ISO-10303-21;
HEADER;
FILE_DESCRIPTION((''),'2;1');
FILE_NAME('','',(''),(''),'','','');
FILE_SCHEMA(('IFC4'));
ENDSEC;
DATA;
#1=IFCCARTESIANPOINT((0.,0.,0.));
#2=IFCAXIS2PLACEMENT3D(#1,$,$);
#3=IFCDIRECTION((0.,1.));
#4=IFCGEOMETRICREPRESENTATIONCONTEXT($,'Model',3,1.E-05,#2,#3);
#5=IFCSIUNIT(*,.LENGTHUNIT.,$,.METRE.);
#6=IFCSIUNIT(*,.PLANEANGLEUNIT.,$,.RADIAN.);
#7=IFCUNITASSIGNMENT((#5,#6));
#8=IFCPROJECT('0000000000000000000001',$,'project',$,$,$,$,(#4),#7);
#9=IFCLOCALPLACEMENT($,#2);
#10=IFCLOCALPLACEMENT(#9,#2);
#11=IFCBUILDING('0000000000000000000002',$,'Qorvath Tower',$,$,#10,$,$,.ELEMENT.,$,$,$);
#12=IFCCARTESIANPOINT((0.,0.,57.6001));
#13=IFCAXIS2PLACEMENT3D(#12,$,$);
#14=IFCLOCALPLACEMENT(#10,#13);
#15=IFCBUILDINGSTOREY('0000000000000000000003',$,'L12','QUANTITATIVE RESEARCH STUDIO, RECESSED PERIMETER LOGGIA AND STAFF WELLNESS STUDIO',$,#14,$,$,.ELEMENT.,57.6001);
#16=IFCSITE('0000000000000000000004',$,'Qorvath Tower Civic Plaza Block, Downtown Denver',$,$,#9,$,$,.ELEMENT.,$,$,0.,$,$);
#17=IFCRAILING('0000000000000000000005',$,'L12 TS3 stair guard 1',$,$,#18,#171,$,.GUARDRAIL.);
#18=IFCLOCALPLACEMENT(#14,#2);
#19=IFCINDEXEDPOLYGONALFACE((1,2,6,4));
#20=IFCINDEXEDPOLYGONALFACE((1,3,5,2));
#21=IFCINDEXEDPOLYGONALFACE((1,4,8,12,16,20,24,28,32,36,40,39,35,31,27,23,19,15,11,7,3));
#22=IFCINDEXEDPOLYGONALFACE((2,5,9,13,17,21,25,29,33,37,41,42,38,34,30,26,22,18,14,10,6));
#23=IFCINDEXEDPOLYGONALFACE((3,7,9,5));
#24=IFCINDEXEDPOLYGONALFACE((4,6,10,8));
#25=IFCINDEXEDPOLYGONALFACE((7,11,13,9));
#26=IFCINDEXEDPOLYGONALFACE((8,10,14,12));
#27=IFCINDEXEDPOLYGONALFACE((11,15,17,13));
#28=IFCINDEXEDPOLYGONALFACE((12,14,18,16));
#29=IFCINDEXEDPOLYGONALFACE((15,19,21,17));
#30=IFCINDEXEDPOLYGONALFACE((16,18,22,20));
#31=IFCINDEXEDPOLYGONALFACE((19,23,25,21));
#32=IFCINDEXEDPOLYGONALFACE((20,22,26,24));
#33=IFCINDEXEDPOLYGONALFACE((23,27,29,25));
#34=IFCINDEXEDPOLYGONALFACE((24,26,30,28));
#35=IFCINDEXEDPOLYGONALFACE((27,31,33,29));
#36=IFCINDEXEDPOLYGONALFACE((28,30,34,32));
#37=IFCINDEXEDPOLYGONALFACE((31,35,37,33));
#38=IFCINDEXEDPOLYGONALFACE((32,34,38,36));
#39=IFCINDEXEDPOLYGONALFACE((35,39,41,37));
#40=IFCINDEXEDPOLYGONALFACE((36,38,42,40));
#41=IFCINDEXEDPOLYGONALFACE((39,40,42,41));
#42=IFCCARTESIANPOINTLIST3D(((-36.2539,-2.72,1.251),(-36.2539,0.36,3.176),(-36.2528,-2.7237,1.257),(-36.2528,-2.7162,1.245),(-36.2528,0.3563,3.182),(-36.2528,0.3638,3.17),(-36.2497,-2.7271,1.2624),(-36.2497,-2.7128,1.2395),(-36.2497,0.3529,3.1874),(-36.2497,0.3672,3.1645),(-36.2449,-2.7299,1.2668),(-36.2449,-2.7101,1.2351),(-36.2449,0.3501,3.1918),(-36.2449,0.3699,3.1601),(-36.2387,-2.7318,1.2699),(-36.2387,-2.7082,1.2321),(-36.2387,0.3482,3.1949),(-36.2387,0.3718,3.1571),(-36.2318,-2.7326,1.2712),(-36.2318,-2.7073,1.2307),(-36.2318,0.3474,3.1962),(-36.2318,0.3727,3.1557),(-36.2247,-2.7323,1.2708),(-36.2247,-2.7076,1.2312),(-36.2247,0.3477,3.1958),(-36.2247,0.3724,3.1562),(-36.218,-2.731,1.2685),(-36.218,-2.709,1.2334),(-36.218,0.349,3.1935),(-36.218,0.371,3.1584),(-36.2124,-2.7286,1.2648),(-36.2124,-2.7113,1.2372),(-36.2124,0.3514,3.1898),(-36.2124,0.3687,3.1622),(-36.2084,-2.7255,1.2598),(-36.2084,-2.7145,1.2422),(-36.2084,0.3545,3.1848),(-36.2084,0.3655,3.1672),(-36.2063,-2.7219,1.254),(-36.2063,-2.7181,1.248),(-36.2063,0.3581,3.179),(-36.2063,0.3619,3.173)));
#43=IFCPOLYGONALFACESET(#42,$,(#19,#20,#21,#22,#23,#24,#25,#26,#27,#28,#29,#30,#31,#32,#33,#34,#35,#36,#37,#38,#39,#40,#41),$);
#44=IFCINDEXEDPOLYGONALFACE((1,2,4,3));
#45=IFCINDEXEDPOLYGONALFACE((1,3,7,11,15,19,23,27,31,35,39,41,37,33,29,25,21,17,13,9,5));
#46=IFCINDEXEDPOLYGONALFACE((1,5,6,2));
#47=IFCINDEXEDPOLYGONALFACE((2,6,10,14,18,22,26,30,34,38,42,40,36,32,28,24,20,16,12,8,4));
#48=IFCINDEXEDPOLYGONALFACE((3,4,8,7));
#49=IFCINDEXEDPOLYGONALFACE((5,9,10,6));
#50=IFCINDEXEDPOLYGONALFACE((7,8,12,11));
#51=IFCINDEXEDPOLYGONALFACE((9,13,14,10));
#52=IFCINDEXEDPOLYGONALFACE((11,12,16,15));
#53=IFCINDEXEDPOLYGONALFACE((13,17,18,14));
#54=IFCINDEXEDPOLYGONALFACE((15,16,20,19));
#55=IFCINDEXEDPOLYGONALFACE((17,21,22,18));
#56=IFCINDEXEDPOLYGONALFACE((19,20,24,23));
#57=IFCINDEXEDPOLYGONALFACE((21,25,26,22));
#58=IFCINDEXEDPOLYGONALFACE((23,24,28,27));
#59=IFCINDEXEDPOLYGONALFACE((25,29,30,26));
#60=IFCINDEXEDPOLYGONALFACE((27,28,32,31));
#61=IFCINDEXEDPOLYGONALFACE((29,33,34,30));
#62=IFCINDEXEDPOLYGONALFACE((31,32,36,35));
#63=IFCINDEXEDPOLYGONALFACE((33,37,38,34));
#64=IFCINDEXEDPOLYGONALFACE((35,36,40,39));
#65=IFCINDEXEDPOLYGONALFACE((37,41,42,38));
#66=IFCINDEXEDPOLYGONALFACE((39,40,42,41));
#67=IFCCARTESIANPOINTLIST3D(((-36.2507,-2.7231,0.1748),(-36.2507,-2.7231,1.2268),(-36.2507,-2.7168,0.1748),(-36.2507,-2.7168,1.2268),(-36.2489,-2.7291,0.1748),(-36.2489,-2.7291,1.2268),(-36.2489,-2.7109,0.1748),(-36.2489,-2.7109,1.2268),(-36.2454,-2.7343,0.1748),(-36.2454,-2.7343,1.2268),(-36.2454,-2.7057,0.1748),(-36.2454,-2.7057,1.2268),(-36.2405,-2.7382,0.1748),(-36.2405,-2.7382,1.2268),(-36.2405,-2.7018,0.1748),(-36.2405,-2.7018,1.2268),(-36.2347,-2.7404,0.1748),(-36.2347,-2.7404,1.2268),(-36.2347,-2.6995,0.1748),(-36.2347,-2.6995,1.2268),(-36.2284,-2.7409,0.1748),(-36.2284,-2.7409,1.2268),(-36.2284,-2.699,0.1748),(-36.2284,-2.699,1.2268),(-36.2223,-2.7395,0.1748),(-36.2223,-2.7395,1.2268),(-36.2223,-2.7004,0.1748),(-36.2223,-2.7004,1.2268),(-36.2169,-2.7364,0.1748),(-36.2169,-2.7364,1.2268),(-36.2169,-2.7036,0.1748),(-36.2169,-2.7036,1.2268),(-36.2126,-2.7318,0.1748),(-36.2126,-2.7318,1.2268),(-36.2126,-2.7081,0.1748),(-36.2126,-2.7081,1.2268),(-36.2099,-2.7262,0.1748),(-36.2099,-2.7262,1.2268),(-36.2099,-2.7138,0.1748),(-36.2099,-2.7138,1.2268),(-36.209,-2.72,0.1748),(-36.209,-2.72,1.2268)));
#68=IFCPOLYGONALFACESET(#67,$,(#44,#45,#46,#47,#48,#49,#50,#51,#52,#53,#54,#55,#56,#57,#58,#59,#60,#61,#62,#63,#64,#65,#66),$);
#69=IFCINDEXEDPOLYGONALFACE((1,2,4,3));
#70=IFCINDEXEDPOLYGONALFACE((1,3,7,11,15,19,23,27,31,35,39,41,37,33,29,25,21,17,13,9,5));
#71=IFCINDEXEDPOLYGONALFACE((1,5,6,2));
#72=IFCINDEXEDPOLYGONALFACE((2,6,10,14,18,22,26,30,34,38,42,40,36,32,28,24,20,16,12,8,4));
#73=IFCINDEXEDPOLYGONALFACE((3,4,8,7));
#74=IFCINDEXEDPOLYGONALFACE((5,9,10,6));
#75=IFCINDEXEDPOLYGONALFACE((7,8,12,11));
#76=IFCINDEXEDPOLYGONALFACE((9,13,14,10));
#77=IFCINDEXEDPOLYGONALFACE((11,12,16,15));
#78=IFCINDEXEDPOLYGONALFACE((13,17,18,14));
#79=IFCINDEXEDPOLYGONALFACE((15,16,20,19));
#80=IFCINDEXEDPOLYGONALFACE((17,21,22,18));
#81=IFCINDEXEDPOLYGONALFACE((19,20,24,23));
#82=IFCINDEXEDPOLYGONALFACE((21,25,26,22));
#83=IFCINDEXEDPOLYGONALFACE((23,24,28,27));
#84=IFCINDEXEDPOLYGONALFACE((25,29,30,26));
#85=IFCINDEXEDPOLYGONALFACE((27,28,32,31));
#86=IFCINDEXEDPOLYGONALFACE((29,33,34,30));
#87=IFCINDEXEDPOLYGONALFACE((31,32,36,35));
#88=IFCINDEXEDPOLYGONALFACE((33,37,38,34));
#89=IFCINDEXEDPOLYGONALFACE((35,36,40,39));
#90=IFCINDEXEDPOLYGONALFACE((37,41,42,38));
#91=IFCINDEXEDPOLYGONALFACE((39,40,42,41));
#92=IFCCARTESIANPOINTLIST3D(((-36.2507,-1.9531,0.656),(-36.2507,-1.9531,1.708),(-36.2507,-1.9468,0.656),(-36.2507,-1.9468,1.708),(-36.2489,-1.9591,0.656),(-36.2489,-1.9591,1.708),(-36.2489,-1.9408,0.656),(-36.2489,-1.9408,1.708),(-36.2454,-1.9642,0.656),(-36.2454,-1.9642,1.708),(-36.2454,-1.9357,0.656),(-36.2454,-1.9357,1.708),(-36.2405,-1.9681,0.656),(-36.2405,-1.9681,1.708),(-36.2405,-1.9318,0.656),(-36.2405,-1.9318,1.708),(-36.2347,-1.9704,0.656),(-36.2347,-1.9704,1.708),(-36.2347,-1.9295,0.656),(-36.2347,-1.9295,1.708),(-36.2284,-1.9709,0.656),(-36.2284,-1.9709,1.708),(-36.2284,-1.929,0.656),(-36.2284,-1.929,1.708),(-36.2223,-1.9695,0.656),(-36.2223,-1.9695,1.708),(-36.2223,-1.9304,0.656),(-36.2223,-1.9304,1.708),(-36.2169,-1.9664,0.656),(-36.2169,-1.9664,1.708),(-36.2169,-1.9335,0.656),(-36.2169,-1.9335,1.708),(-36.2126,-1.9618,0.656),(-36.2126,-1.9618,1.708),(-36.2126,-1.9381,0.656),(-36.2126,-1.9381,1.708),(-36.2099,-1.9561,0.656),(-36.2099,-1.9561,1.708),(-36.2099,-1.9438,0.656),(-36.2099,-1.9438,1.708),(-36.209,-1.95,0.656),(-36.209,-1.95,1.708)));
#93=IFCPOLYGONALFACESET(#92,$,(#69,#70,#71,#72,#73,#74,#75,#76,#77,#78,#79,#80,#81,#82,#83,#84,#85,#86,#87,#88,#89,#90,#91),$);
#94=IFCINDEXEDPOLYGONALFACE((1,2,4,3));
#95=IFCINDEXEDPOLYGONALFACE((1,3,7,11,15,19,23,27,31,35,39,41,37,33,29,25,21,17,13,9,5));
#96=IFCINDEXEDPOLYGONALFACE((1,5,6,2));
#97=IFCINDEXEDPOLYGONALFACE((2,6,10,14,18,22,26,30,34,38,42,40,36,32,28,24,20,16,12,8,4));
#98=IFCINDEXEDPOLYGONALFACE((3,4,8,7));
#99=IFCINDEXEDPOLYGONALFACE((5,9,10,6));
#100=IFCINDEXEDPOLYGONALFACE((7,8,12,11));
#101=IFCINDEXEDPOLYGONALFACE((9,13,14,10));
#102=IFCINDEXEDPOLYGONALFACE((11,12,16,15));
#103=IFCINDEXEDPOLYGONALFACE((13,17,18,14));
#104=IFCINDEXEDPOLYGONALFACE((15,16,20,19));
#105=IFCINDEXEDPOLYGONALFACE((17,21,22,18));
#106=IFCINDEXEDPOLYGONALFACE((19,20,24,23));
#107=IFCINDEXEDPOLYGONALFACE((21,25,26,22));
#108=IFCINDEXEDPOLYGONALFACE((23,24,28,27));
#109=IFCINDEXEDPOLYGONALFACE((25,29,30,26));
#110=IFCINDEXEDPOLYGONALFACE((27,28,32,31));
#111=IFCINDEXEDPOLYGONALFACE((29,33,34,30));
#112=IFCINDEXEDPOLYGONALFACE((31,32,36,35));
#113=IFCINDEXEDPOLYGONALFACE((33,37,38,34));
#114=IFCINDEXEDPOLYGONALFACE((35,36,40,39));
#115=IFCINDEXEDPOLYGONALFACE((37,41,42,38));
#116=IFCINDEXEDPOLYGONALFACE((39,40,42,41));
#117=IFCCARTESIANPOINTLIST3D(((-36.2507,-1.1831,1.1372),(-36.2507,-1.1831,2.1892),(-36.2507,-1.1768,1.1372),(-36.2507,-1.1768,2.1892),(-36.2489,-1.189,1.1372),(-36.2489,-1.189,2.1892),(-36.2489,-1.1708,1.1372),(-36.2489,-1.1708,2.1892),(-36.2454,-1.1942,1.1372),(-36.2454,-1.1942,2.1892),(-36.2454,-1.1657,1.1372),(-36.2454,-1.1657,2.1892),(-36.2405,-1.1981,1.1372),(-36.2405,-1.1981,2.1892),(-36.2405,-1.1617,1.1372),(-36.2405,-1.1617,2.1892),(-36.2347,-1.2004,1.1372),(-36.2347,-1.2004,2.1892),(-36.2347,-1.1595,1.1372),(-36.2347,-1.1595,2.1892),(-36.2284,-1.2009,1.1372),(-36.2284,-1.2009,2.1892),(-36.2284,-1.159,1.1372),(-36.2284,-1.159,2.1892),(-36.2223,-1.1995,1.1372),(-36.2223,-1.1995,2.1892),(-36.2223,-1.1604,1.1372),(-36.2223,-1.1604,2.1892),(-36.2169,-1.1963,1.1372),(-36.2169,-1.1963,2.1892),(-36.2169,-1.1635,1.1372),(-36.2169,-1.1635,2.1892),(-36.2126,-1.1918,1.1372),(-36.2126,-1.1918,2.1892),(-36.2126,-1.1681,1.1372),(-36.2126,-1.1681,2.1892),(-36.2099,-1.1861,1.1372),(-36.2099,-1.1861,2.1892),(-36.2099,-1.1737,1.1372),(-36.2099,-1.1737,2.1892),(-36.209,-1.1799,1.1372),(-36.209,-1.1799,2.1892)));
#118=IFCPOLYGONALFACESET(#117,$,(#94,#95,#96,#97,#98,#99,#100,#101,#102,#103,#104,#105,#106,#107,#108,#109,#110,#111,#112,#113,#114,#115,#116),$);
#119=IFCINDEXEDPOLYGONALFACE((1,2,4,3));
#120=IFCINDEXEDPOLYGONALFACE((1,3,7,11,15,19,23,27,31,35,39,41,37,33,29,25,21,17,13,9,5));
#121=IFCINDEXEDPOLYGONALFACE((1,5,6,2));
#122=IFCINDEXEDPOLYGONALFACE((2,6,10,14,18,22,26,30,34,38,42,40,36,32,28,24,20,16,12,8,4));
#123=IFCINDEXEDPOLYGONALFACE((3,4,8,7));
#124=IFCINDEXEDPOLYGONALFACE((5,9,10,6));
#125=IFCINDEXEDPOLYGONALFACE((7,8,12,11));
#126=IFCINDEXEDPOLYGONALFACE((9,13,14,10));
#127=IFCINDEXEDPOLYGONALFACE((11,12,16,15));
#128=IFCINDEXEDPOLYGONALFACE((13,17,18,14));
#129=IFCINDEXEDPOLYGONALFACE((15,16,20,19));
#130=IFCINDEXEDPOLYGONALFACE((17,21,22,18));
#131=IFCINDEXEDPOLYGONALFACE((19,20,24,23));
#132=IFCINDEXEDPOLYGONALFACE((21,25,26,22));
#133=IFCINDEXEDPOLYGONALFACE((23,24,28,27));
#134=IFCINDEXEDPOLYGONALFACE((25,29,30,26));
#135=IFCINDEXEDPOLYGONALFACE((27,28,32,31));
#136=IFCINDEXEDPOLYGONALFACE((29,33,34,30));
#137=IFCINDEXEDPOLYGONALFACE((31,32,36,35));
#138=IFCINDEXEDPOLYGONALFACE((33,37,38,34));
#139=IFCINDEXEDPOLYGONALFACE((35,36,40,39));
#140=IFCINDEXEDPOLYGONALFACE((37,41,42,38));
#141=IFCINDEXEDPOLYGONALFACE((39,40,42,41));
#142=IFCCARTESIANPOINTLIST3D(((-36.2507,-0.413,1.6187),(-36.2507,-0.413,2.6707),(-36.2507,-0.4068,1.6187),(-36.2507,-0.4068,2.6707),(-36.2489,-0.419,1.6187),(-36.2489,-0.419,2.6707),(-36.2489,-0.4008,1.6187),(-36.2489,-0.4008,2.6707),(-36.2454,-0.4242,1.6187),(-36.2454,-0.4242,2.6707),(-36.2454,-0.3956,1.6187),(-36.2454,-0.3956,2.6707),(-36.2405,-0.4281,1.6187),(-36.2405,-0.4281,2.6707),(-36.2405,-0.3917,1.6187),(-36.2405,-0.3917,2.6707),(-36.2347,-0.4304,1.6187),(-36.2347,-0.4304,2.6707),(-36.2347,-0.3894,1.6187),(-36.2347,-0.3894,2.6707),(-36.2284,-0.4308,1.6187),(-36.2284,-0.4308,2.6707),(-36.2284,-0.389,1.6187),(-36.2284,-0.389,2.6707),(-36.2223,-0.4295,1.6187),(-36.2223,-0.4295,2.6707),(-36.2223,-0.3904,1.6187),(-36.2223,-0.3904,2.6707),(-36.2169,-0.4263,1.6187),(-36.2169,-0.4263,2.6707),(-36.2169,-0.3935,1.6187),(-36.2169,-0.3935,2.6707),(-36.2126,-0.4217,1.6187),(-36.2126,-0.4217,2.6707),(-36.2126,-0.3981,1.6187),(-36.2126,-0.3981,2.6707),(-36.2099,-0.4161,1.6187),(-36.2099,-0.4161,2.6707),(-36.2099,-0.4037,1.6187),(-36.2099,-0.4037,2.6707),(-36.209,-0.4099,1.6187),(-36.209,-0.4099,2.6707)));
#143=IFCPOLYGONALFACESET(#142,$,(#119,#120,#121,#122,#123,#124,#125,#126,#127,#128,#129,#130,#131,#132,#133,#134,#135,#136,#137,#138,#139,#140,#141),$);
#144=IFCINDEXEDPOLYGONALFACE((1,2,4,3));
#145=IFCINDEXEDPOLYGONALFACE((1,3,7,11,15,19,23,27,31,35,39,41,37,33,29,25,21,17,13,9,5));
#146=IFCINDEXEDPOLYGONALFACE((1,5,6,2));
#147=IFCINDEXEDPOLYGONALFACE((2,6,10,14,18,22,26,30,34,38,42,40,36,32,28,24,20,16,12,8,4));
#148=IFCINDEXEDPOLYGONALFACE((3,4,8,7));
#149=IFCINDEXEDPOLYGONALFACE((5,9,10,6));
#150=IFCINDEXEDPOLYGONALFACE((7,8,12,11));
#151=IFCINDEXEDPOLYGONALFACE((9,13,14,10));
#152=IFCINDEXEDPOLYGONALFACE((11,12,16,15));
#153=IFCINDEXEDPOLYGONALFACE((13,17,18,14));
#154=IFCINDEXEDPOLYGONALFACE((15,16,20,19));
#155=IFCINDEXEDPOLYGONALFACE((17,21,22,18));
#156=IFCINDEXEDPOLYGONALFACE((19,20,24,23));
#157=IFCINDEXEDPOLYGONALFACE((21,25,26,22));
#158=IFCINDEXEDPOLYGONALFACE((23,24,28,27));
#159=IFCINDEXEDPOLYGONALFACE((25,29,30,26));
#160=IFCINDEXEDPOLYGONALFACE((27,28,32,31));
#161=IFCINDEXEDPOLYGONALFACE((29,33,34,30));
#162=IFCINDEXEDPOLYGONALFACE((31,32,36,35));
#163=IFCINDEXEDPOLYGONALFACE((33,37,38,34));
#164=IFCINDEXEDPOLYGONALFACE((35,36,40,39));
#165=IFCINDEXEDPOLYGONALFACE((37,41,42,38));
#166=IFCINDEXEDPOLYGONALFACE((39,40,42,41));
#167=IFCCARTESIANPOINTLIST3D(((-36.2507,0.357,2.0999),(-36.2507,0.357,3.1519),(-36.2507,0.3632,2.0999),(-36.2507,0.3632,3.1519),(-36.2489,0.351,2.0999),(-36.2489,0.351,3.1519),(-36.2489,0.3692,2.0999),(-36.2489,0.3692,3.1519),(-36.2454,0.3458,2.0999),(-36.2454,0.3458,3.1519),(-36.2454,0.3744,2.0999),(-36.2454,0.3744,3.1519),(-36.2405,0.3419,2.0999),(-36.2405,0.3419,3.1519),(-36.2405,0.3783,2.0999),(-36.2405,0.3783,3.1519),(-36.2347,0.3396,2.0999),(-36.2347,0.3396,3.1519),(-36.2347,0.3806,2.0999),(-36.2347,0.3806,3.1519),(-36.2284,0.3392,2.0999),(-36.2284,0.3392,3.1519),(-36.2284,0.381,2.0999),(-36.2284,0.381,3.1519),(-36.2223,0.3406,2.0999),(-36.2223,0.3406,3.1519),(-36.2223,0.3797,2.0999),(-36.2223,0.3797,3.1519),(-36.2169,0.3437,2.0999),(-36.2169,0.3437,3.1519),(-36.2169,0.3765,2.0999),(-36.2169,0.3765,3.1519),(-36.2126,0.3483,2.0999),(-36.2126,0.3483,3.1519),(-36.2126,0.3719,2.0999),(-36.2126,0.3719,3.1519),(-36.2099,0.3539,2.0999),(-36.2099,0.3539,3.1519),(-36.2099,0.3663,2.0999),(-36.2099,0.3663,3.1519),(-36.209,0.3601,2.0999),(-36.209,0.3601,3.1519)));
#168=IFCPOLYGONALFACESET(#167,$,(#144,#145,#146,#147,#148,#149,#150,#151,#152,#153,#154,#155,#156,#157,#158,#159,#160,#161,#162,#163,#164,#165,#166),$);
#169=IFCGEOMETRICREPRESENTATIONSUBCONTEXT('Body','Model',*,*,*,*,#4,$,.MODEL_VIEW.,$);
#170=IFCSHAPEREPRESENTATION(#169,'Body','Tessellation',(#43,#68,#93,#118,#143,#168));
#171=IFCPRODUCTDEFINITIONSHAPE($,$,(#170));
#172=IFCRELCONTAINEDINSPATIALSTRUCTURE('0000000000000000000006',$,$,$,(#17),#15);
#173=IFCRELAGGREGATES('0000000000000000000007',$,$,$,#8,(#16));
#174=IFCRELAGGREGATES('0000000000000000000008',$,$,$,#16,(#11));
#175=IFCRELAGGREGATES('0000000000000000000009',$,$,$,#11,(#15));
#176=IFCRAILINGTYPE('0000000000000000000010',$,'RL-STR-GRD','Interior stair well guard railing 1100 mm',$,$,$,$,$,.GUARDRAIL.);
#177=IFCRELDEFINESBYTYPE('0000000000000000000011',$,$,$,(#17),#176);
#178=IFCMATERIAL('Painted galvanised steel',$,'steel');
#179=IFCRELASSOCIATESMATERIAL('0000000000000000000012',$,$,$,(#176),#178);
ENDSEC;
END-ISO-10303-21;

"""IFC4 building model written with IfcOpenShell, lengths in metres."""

from ifc_helpers import new_model, si_unit, direction, frame, origin, origin_2d, place, context, subcontext, project, spatial, circle, extrude, material, type_object, element, save


model = new_model("IFC4")

# Units and contexts
model_context = context("Model", 3, precision=1e-05, world=origin(), true_north=direction((0.0, 1.0)))
body_context = subcontext(model_context, "Body", "Model", "MODEL_VIEW")
ifc_project = project(units=[si_unit("LENGTHUNIT", "METRE"), si_unit("PLANEANGLEUNIT", "RADIAN")], contexts=[model_context])

# Site, building, storey
site_placement = place(None, origin())
site = spatial("IfcSite", under=ifc_project, at=site_placement, Name="Qorvath Tower Civic Plaza Block, Downtown Denver", CompositionType="ELEMENT", RefElevation=0.0)
building_placement = place(site_placement, origin())
building = spatial("IfcBuilding", under=site, at=building_placement, Name="Qorvath Tower", CompositionType="ELEMENT")
storey_placement = place(building_placement, frame((0.0, 0.0, 57.6001)))
storey = spatial("IfcBuildingStorey", under=building, at=storey_placement, Name="L12", Description="QUANTITATIVE RESEARCH STUDIO, RECESSED PERIMETER LOGGIA AND STAFF WELLNESS STUDIO", CompositionType="ELEMENT", Elevation=57.6001)

# Railing
ifc_material_1 = material(Name="Painted galvanised steel", Category="steel")
railing_type_1 = type_object("IfcRailingType", Name="RL-STR-GRD", Description="Interior stair well guard railing 1100 mm", PredefinedType="GUARDRAIL", material=ifc_material_1)
railing_1_placement = place(storey_placement, frame((-36.23, -2.72, 0.1748)))
element("IfcRailing", 1, at=railing_1_placement, inside=storey, type_object=railing_type_1, Name="L12 TS3 stair guard 1", PredefinedType="GUARDRAIL", context=body_context, shape_type="SweptSolid", body=[
    extrude(circle(Radius=0.0239, at=origin_2d()), frame((0.0, 0.0, 1.0762), z_axis=(0.0, 0.847998, 0.529999), x_axis=(-1.0, 0.0, 0.0)), (0.0, 0.0, 1.0), 3.6321),
    extrude(circle(Radius=0.021, at=origin_2d()), origin(), (0.0, 0.0, 1.0), 1.052),
    extrude(circle(Radius=0.021, at=origin_2d()), frame((0.0, 0.77, 0.4812)), (0.0, 0.0, 1.0), 1.052),
    extrude(circle(Radius=0.021, at=origin_2d()), frame((0.0, 1.54, 0.9624)), (0.0, 0.0, 1.0), 1.052),
    extrude(circle(Radius=0.021, at=origin_2d()), frame((0.0, 2.3101, 1.4438)), (0.0, 0.0, 1.0), 1.052),
    extrude(circle(Radius=0.021, at=origin_2d()), frame((0.0, 3.0801, 1.925)), (0.0, 0.0, 1.0), 1.052),
])

save(model, "model.ifc")
